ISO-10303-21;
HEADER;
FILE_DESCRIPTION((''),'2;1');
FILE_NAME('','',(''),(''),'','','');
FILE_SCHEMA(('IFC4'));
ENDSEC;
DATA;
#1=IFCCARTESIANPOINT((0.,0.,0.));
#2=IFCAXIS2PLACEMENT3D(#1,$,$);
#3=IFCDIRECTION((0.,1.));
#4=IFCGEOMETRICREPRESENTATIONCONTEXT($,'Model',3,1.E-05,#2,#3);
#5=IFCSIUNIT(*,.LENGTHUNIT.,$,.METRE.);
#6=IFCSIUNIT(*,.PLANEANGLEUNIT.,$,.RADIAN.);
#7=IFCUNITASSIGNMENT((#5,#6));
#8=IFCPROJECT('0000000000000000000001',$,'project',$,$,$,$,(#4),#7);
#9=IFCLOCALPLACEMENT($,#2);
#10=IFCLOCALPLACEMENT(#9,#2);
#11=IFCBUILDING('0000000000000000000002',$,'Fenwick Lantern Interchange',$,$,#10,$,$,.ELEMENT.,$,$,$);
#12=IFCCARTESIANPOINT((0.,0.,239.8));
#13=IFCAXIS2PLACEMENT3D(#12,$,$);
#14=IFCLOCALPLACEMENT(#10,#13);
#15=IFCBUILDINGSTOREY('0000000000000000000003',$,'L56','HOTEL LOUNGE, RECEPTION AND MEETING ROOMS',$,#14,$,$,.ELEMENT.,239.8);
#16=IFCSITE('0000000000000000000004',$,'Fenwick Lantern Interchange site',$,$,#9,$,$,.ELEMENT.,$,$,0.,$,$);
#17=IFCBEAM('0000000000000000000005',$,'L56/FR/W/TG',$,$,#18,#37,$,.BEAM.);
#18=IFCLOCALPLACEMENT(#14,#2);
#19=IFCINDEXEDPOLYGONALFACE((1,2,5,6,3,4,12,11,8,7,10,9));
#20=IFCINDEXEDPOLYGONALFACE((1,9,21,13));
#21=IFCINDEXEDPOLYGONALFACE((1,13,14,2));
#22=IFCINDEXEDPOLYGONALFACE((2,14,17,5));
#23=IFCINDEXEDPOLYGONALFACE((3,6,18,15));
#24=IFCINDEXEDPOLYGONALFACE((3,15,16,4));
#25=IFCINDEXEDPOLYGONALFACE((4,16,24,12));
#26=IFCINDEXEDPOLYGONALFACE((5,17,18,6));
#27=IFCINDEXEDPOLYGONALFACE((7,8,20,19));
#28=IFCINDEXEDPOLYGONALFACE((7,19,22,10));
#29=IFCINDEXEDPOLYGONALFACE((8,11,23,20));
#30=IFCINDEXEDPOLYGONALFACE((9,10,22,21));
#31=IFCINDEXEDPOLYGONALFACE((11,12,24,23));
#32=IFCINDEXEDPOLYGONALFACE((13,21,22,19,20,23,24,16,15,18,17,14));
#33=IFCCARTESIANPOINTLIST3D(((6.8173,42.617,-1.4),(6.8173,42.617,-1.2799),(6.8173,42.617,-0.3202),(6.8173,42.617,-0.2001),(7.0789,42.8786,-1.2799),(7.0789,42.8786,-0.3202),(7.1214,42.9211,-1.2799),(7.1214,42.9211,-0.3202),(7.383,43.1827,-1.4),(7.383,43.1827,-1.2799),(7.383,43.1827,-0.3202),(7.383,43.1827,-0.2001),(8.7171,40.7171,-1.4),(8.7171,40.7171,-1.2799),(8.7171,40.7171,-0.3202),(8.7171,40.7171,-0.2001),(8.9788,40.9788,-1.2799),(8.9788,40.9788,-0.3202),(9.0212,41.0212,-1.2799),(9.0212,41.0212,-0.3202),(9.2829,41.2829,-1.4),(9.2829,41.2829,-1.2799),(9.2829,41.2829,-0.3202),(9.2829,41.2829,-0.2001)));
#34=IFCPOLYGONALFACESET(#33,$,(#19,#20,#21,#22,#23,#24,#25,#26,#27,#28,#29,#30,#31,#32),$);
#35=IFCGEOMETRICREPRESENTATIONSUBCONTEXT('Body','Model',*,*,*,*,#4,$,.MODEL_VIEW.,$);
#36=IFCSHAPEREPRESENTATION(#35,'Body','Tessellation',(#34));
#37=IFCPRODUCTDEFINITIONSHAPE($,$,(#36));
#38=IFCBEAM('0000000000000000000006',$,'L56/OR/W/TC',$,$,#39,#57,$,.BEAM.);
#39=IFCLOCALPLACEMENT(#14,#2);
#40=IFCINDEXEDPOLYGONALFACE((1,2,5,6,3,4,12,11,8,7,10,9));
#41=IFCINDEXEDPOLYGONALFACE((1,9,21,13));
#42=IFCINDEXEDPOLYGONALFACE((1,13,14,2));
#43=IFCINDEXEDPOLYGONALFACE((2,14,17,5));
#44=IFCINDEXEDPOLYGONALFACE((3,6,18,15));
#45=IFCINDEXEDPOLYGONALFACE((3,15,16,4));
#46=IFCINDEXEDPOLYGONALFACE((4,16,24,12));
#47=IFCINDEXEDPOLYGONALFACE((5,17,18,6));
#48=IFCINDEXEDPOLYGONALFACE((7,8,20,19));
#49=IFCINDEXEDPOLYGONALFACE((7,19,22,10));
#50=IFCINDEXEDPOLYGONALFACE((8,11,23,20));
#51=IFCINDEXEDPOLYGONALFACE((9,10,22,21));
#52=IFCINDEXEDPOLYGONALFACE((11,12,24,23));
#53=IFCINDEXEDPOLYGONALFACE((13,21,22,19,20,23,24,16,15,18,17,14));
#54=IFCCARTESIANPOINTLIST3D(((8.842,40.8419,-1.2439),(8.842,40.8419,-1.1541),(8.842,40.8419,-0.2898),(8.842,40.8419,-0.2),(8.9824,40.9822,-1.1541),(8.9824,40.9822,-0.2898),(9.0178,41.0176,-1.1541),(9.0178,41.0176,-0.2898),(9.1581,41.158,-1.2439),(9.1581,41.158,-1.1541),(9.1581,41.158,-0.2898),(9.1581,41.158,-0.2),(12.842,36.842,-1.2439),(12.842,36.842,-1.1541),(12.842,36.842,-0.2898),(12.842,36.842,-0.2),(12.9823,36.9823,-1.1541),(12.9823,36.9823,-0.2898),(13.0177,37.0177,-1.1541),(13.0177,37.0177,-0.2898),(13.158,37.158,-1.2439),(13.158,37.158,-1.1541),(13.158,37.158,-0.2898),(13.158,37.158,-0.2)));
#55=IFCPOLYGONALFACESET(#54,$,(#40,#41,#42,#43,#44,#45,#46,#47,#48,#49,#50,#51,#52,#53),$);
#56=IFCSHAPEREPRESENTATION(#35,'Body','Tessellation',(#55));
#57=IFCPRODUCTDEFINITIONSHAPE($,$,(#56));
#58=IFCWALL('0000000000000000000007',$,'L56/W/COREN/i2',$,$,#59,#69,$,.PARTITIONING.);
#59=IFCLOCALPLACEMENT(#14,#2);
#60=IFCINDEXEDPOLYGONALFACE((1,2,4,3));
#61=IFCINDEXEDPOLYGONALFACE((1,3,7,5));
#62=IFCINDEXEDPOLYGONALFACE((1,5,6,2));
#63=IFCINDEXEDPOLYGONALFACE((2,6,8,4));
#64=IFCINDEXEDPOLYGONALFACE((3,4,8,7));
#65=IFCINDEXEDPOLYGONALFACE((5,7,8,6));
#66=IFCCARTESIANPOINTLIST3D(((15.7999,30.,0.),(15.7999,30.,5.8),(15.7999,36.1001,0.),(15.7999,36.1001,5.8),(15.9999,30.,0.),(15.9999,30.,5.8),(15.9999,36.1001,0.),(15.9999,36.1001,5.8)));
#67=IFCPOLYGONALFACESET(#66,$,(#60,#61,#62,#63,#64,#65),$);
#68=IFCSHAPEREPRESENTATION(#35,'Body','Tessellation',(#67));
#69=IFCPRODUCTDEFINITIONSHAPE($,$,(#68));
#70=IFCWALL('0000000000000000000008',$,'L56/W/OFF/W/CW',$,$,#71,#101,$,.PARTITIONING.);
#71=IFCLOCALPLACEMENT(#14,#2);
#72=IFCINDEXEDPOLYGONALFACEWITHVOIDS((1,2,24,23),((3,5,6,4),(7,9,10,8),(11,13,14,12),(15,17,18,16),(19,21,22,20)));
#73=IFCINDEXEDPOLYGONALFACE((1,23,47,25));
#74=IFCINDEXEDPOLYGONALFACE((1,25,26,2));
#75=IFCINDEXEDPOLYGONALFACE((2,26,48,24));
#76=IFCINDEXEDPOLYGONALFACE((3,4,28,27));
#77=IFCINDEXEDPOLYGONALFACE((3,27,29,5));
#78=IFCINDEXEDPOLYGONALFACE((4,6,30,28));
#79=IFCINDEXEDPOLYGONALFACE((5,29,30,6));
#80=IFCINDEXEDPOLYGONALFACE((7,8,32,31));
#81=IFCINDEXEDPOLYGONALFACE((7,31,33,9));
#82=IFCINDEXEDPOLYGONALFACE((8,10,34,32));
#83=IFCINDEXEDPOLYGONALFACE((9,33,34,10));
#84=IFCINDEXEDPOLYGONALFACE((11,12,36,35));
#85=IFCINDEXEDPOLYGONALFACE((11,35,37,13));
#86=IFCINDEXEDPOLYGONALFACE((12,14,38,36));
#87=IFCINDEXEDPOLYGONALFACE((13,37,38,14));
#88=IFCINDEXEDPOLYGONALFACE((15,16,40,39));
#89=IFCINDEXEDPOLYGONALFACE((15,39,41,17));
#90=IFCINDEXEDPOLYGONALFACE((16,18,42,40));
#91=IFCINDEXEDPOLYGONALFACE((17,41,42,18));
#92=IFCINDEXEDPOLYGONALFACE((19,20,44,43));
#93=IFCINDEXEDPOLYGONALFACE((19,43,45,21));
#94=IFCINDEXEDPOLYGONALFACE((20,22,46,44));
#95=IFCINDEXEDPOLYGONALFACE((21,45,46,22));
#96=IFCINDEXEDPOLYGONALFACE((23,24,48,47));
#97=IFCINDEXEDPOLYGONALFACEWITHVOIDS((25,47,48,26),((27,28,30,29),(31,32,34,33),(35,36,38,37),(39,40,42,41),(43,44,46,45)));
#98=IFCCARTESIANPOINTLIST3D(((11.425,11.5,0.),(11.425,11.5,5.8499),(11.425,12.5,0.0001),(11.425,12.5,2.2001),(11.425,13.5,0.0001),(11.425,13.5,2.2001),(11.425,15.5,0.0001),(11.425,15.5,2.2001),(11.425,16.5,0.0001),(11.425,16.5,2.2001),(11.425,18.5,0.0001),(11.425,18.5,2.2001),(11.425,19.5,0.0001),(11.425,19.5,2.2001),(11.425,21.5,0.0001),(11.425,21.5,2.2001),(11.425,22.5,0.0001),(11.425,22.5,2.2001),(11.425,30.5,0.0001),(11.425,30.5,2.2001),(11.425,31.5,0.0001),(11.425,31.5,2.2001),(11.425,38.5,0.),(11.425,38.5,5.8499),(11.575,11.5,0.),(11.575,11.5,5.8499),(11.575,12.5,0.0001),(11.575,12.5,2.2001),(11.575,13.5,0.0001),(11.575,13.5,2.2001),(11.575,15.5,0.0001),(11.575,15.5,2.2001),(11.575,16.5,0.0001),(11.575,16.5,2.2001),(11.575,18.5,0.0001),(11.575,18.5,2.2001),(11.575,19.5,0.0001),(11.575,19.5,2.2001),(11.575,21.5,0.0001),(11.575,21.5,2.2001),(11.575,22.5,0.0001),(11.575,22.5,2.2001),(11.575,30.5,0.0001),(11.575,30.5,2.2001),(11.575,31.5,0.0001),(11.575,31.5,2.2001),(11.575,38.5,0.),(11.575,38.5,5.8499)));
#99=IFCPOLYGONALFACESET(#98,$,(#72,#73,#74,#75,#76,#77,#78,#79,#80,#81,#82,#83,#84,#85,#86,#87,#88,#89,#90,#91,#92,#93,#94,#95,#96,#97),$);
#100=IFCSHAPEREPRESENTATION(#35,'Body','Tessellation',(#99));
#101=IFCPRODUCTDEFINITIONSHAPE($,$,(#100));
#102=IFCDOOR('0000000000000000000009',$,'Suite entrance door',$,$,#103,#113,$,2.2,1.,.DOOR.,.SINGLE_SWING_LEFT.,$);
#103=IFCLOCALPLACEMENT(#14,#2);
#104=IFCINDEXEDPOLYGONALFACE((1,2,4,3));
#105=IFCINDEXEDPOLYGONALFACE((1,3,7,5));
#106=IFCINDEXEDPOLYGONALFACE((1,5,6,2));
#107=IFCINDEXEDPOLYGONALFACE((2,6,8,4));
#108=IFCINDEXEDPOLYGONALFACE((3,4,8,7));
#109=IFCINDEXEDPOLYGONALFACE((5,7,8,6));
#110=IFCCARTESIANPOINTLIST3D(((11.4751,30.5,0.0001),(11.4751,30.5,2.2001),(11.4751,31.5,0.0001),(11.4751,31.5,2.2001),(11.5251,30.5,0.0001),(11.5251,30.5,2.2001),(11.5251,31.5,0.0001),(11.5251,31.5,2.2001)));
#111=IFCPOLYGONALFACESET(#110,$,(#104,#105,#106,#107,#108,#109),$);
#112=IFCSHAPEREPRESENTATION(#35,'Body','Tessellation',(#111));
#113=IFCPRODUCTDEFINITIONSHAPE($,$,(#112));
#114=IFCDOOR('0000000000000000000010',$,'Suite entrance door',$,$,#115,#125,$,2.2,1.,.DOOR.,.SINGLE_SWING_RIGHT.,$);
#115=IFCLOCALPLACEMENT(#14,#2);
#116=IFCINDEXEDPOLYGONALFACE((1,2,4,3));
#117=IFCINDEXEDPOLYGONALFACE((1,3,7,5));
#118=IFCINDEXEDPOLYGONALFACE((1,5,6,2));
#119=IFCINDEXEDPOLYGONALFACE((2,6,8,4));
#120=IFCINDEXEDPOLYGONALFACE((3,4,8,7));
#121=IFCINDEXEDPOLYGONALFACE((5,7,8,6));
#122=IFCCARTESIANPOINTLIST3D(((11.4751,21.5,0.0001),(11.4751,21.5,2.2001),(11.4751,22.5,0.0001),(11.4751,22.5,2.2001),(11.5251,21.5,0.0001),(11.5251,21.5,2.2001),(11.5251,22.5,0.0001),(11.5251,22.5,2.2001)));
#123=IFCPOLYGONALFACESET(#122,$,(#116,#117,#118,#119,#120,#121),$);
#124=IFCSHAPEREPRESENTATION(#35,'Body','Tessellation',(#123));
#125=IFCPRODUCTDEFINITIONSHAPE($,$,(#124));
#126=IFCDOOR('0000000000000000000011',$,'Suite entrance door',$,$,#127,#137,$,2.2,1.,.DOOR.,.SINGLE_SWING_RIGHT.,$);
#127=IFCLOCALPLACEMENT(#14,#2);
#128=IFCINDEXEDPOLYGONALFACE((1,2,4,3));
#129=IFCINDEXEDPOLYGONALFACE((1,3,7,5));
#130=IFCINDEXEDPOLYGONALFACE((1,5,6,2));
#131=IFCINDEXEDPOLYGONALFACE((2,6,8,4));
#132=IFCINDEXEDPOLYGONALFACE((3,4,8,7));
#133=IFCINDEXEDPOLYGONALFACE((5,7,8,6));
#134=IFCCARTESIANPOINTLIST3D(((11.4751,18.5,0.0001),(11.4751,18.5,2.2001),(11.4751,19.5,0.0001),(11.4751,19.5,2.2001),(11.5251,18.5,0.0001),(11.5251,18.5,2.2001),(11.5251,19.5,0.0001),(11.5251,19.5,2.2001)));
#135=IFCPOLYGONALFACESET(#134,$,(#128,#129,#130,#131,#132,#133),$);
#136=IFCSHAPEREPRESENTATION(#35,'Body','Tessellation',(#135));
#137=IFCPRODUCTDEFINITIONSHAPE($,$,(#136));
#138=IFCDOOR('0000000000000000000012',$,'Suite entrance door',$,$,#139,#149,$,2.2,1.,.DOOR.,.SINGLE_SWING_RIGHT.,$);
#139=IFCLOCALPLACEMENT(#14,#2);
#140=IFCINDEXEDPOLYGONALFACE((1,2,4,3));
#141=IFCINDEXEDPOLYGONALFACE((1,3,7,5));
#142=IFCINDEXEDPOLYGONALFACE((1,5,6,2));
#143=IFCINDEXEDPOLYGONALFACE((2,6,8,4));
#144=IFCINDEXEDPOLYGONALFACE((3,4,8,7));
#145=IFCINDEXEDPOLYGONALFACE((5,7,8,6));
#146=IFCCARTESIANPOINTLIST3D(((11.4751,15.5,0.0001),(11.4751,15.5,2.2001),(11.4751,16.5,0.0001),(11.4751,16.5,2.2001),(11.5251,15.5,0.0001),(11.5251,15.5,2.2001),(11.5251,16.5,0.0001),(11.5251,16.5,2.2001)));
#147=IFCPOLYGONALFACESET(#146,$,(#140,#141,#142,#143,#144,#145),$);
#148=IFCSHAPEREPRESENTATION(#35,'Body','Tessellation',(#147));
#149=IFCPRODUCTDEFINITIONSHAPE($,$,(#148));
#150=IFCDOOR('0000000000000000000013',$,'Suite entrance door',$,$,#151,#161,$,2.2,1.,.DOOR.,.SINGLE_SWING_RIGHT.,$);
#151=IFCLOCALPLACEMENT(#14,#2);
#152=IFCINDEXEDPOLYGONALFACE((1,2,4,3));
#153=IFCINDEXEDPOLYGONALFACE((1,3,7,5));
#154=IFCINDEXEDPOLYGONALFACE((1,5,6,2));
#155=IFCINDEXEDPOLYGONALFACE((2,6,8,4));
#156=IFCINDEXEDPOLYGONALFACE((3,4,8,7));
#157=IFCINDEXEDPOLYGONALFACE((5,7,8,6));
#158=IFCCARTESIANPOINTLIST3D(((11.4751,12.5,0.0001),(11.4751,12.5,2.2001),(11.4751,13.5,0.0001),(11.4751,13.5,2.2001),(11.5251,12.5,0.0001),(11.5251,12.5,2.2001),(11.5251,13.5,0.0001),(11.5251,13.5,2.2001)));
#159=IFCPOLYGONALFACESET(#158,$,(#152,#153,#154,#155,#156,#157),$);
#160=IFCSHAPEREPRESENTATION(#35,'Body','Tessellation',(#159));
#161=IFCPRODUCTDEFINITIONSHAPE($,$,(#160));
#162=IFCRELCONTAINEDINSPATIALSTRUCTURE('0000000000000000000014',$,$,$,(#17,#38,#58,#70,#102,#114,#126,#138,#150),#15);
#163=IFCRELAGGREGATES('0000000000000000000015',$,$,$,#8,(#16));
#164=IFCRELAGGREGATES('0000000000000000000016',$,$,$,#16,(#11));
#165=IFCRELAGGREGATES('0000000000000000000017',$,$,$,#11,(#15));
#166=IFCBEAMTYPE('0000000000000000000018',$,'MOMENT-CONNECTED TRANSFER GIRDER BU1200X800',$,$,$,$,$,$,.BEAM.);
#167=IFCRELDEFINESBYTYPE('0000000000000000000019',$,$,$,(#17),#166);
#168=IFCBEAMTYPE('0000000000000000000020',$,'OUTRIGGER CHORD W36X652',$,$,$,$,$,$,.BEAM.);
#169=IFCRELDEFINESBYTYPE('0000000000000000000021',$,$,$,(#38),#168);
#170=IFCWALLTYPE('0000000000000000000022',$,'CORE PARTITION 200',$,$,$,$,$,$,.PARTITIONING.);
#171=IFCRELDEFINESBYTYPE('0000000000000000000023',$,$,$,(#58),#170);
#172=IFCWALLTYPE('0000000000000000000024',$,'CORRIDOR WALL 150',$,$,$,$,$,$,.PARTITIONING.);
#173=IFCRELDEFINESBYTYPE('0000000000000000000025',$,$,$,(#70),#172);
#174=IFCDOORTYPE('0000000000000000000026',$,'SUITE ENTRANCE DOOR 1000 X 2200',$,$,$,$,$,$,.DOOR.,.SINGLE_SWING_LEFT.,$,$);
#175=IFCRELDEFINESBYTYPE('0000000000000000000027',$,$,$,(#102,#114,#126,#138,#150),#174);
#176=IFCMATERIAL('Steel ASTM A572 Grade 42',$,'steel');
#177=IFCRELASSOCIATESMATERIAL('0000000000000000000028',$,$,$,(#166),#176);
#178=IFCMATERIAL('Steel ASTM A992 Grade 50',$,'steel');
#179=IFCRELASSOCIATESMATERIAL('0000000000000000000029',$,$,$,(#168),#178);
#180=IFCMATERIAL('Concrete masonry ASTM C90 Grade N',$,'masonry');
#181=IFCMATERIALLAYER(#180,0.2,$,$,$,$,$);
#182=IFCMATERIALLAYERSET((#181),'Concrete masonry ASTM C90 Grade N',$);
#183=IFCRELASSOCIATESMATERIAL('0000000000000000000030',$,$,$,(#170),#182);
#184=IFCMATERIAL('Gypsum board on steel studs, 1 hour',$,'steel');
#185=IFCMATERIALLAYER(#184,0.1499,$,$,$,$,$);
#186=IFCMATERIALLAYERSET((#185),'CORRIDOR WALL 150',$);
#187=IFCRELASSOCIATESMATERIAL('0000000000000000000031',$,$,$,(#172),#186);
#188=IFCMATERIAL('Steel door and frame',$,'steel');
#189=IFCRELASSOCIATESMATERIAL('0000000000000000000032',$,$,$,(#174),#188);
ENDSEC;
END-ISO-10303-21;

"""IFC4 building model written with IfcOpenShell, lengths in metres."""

from ifc_helpers import new_model, si_unit, direction, frame, frame_2d, origin, origin_2d, place, context, subcontext, project, spatial, rectangle, i_section, extrude, material, layer, layer_set, material_profile, profile_set, type_object, element, fill, save


model = new_model("IFC4")

# Units and contexts
model_context = context("Model", 3, precision=1e-05, world=origin(), true_north=direction((0.0, 1.0)))
body_context = subcontext(model_context, "Body", "Model", "MODEL_VIEW")
ifc_project = project(units=[si_unit("LENGTHUNIT", "METRE"), si_unit("PLANEANGLEUNIT", "RADIAN")], contexts=[model_context])

# Site, building, storey
site_placement = place(None, origin())
site = spatial("IfcSite", under=ifc_project, at=site_placement, Name="Fenwick Lantern Interchange site", CompositionType="ELEMENT", RefElevation=0.0)
building_placement = place(site_placement, origin())
building = spatial("IfcBuilding", under=site, at=building_placement, Name="Fenwick Lantern Interchange", CompositionType="ELEMENT")
storey_placement = place(building_placement, frame((0.0, 0.0, 239.8)))
storey = spatial("IfcBuildingStorey", under=building, at=storey_placement, Name="L56", Description="HOTEL LOUNGE, RECEPTION AND MEETING ROOMS", CompositionType="ELEMENT", Elevation=239.8)

# Beams
ifc_material_1 = material(Name="Steel ASTM A992 Grade 50", Category="steel")
ifc_material_2 = material(Name="Steel ASTM A572 Grade 42", Category="steel")
ifc_material_profile_1 = material_profile(ifc_material_2, i_section(OverallWidth=0.8, OverallDepth=1.2, WebThickness=0.0601, FlangeThickness=0.1201, at=origin_2d()), Name="BU1200X800")
ifc_profile_set_1 = profile_set([ifc_material_profile_1], Name="Steel ASTM A572 Grade 42")
beam_type_1 = type_object("IfcBeamType", Name="MOMENT-CONNECTED TRANSFER GIRDER BU1200X800", PredefinedType="BEAM", material=ifc_profile_set_1)
beam_1_placement = place(storey_placement, frame((9.0, 41.0, -0.8), z_axis=(-0.707107, 0.707107, 0.0), x_axis=(-0.707107, -0.707107, 0.0)))
element("IfcBeam", 1, at=beam_1_placement, inside=storey, type_object=beam_type_1, Name="L56/FR/W/TG", PredefinedType="BEAM", context=body_context, shape_type="SweptSolid", body=[
    extrude(i_section(OverallWidth=0.8, OverallDepth=1.2, WebThickness=0.0601, FlangeThickness=0.1201, at=origin_2d()), origin(), (0.0, 0.0, 1.0), 2.6868),
])
ifc_material_profile_2 = material_profile(ifc_material_1, i_section(OverallWidth=0.447, OverallDepth=1.0439, WebThickness=0.05, FlangeThickness=0.0898, at=origin_2d()), Name="W36X652")
ifc_profile_set_2 = profile_set([ifc_material_profile_2], Name="Steel ASTM A992 Grade 50")
beam_type_2 = type_object("IfcBeamType", Name="OUTRIGGER CHORD W36X652", PredefinedType="BEAM", material=ifc_profile_set_2)
beam_2_placement = place(storey_placement, frame((13.0, 37.0, -0.7219), z_axis=(-0.707107, 0.707107, 0.0), x_axis=(-0.707107, -0.707107, 0.0)))
element("IfcBeam", 2, at=beam_2_placement, inside=storey, type_object=beam_type_2, Name="L56/OR/W/TC", PredefinedType="BEAM", context=body_context, shape_type="SweptSolid", body=[
    extrude(i_section(OverallWidth=0.447, OverallDepth=1.0439, WebThickness=0.05, FlangeThickness=0.0898, at=origin_2d()), origin(), (0.0, 0.0, 1.0), 5.6567),
])

# Wall
ifc_material_3 = material(Name="Concrete masonry ASTM C90 Grade N", Category="masonry")
ifc_layer_1 = layer(ifc_material_3, 0.2)
ifc_layer_set_1 = layer_set([ifc_layer_1], Name="Concrete masonry ASTM C90 Grade N")
wall_type_1 = type_object("IfcWallType", Name="CORE PARTITION 200", PredefinedType="PARTITIONING", material=ifc_layer_set_1)
wall_1_placement = place(storey_placement, frame((15.8999, 36.1001, 0.0), z_axis=(0.0, 0.0, 1.0), x_axis=(0.0, -1.0, 0.0)))
element("IfcWall", 3, at=wall_1_placement, inside=storey, type_object=wall_type_1, Name="L56/W/COREN/i2", PredefinedType="PARTITIONING", context=body_context, shape_type="SweptSolid", body=[
    extrude(rectangle(XDim=6.1001, YDim=0.2, at=frame_2d((3.05, 0.0))), origin(), (0.0, 0.0, 1.0), 5.8),
])

# Wall, openings, doors
ifc_material_4 = material(Name="Steel door and frame", Category="steel")
ifc_material_5 = material(Name="Gypsum board on steel studs, 1 hour", Category="steel")
ifc_layer_2 = layer(ifc_material_5, 0.1499)
ifc_layer_set_2 = layer_set([ifc_layer_2], Name="CORRIDOR WALL 150")
wall_type_2 = type_object("IfcWallType", Name="CORRIDOR WALL 150", PredefinedType="PARTITIONING", material=ifc_layer_set_2)
wall_2_placement = place(storey_placement, frame((11.5, 38.5, 0.0), z_axis=(0.0, 0.0, 1.0), x_axis=(0.0, -1.0, 0.0)))
wall_2 = element("IfcWall", 4, at=wall_2_placement, inside=storey, type_object=wall_type_2, Name="L56/W/OFF/W/CW", PredefinedType="PARTITIONING", context=body_context, shape_type="SweptSolid", body=[
    extrude(rectangle(XDim=27.0, YDim=0.1499, at=frame_2d((13.5, 0.0))), origin(), (0.0, 0.0, 1.0), 5.8499),
])
opening_1_placement = place(wall_2_placement, frame((7.0, 0.0, 0.0)))
opening_1 = element("IfcOpeningElement", 5, at=opening_1_placement, cuts=wall_2, PredefinedType="OPENING", context=body_context, shape_type="SweptSolid", body=[
    extrude(rectangle(XDim=1.0, YDim=2.2, at=frame_2d((0.5, 1.1001))), frame((0.0, 0.085, 0.0), z_axis=(0.0, -1.0, 0.0), x_axis=(1.0, 0.0, 0.0)), (0.0, 0.0, 1.0), 0.1699),
])
opening_2_placement = place(wall_2_placement, frame((16.0, 0.0, 0.0)))
opening_2 = element("IfcOpeningElement", 6, at=opening_2_placement, cuts=wall_2, PredefinedType="OPENING", context=body_context, shape_type="SweptSolid", body=[
    extrude(rectangle(XDim=1.0, YDim=2.2, at=frame_2d((0.5, 1.1001))), frame((0.0, 0.085, 0.0), z_axis=(0.0, -1.0, 0.0), x_axis=(1.0, 0.0, 0.0)), (0.0, 0.0, 1.0), 0.1699),
])
opening_3_placement = place(wall_2_placement, frame((19.0, 0.0, 0.0)))
opening_3 = element("IfcOpeningElement", 7, at=opening_3_placement, cuts=wall_2, PredefinedType="OPENING", context=body_context, shape_type="SweptSolid", body=[
    extrude(rectangle(XDim=1.0, YDim=2.2, at=frame_2d((0.5, 1.1001))), frame((0.0, 0.085, 0.0), z_axis=(0.0, -1.0, 0.0), x_axis=(1.0, 0.0, 0.0)), (0.0, 0.0, 1.0), 0.1699),
])
opening_4_placement = place(wall_2_placement, frame((22.0, 0.0, 0.0)))
opening_4 = element("IfcOpeningElement", 8, at=opening_4_placement, cuts=wall_2, PredefinedType="OPENING", context=body_context, shape_type="SweptSolid", body=[
    extrude(rectangle(XDim=1.0, YDim=2.2, at=frame_2d((0.5, 1.1001))), frame((0.0, 0.085, 0.0), z_axis=(0.0, -1.0, 0.0), x_axis=(1.0, 0.0, 0.0)), (0.0, 0.0, 1.0), 0.1699),
])
opening_5_placement = place(wall_2_placement, frame((25.0, 0.0, 0.0)))
opening_5 = element("IfcOpeningElement", 9, at=opening_5_placement, cuts=wall_2, PredefinedType="OPENING", context=body_context, shape_type="SweptSolid", body=[
    extrude(rectangle(XDim=1.0, YDim=2.2, at=frame_2d((0.5, 1.1001))), frame((0.0, 0.085, 0.0), z_axis=(0.0, -1.0, 0.0), x_axis=(1.0, 0.0, 0.0)), (0.0, 0.0, 1.0), 0.1699),
])
door_type_1 = type_object("IfcDoorType", Name="SUITE ENTRANCE DOOR 1000 X 2200", OperationType="SINGLE_SWING_LEFT", PredefinedType="DOOR", material=ifc_material_4)
door_1_placement = place(opening_1_placement, frame((1.0, 0.0, 0.0), z_axis=(0.0, 0.0, 1.0), x_axis=(-1.0, 0.0, 0.0)))
door_1 = element("IfcDoor", 10, at=door_1_placement, inside=storey, type_object=door_type_1, Name="Suite entrance door", OperationType="SINGLE_SWING_LEFT", OverallHeight=2.2, OverallWidth=1.0, PredefinedType="DOOR", context=body_context, shape_type="SweptSolid", body=[
    extrude(rectangle(XDim=1.0, YDim=2.2, at=frame_2d((0.5, 1.1001))), frame((0.0, 0.0249, 0.0), z_axis=(0.0, -1.0, 0.0), x_axis=(1.0, 0.0, 0.0)), (0.0, 0.0, 1.0), 0.05),
])
fill(opening_1, door_1)
door_2_placement = place(opening_2_placement, frame((1.0, 0.0, 0.0), z_axis=(0.0, 0.0, 1.0), x_axis=(-1.0, 0.0, 0.0)))
door_2 = element("IfcDoor", 11, at=door_2_placement, inside=storey, type_object=door_type_1, Name="Suite entrance door", OperationType="SINGLE_SWING_RIGHT", OverallHeight=2.2, OverallWidth=1.0, PredefinedType="DOOR", context=body_context, shape_type="SweptSolid", body=[
    extrude(rectangle(XDim=1.0, YDim=2.2, at=frame_2d((0.5, 1.1001))), frame((0.0, 0.0249, 0.0), z_axis=(0.0, -1.0, 0.0), x_axis=(1.0, 0.0, 0.0)), (0.0, 0.0, 1.0), 0.05),
])
fill(opening_2, door_2)
door_3_placement = place(opening_3_placement, frame((1.0, 0.0, 0.0), z_axis=(0.0, 0.0, 1.0), x_axis=(-1.0, 0.0, 0.0)))
door_3 = element("IfcDoor", 12, at=door_3_placement, inside=storey, type_object=door_type_1, Name="Suite entrance door", OperationType="SINGLE_SWING_RIGHT", OverallHeight=2.2, OverallWidth=1.0, PredefinedType="DOOR", context=body_context, shape_type="SweptSolid", body=[
    extrude(rectangle(XDim=1.0, YDim=2.2, at=frame_2d((0.5, 1.1001))), frame((0.0, 0.0249, 0.0), z_axis=(0.0, -1.0, 0.0), x_axis=(1.0, 0.0, 0.0)), (0.0, 0.0, 1.0), 0.05),
])
fill(opening_3, door_3)
door_4_placement = place(opening_4_placement, frame((1.0, 0.0, 0.0), z_axis=(0.0, 0.0, 1.0), x_axis=(-1.0, 0.0, 0.0)))
door_4 = element("IfcDoor", 13, at=door_4_placement, inside=storey, type_object=door_type_1, Name="Suite entrance door", OperationType="SINGLE_SWING_RIGHT", OverallHeight=2.2, OverallWidth=1.0, PredefinedType="DOOR", context=body_context, shape_type="SweptSolid", body=[
    extrude(rectangle(XDim=1.0, YDim=2.2, at=frame_2d((0.5, 1.1001))), frame((0.0, 0.0249, 0.0), z_axis=(0.0, -1.0, 0.0), x_axis=(1.0, 0.0, 0.0)), (0.0, 0.0, 1.0), 0.05),
])
fill(opening_4, door_4)
door_5_placement = place(opening_5_placement, frame((1.0, 0.0, 0.0), z_axis=(0.0, 0.0, 1.0), x_axis=(-1.0, 0.0, 0.0)))
door_5 = element("IfcDoor", 14, at=door_5_placement, inside=storey, type_object=door_type_1, Name="Suite entrance door", OperationType="SINGLE_SWING_RIGHT", OverallHeight=2.2, OverallWidth=1.0, PredefinedType="DOOR", context=body_context, shape_type="SweptSolid", body=[
    extrude(rectangle(XDim=1.0, YDim=2.2, at=frame_2d((0.5, 1.1001))), frame((0.0, 0.0249, 0.0), z_axis=(0.0, -1.0, 0.0), x_axis=(1.0, 0.0, 0.0)), (0.0, 0.0, 1.0), 0.05),
])
fill(opening_5, door_5)

save(model, "model.ifc")
